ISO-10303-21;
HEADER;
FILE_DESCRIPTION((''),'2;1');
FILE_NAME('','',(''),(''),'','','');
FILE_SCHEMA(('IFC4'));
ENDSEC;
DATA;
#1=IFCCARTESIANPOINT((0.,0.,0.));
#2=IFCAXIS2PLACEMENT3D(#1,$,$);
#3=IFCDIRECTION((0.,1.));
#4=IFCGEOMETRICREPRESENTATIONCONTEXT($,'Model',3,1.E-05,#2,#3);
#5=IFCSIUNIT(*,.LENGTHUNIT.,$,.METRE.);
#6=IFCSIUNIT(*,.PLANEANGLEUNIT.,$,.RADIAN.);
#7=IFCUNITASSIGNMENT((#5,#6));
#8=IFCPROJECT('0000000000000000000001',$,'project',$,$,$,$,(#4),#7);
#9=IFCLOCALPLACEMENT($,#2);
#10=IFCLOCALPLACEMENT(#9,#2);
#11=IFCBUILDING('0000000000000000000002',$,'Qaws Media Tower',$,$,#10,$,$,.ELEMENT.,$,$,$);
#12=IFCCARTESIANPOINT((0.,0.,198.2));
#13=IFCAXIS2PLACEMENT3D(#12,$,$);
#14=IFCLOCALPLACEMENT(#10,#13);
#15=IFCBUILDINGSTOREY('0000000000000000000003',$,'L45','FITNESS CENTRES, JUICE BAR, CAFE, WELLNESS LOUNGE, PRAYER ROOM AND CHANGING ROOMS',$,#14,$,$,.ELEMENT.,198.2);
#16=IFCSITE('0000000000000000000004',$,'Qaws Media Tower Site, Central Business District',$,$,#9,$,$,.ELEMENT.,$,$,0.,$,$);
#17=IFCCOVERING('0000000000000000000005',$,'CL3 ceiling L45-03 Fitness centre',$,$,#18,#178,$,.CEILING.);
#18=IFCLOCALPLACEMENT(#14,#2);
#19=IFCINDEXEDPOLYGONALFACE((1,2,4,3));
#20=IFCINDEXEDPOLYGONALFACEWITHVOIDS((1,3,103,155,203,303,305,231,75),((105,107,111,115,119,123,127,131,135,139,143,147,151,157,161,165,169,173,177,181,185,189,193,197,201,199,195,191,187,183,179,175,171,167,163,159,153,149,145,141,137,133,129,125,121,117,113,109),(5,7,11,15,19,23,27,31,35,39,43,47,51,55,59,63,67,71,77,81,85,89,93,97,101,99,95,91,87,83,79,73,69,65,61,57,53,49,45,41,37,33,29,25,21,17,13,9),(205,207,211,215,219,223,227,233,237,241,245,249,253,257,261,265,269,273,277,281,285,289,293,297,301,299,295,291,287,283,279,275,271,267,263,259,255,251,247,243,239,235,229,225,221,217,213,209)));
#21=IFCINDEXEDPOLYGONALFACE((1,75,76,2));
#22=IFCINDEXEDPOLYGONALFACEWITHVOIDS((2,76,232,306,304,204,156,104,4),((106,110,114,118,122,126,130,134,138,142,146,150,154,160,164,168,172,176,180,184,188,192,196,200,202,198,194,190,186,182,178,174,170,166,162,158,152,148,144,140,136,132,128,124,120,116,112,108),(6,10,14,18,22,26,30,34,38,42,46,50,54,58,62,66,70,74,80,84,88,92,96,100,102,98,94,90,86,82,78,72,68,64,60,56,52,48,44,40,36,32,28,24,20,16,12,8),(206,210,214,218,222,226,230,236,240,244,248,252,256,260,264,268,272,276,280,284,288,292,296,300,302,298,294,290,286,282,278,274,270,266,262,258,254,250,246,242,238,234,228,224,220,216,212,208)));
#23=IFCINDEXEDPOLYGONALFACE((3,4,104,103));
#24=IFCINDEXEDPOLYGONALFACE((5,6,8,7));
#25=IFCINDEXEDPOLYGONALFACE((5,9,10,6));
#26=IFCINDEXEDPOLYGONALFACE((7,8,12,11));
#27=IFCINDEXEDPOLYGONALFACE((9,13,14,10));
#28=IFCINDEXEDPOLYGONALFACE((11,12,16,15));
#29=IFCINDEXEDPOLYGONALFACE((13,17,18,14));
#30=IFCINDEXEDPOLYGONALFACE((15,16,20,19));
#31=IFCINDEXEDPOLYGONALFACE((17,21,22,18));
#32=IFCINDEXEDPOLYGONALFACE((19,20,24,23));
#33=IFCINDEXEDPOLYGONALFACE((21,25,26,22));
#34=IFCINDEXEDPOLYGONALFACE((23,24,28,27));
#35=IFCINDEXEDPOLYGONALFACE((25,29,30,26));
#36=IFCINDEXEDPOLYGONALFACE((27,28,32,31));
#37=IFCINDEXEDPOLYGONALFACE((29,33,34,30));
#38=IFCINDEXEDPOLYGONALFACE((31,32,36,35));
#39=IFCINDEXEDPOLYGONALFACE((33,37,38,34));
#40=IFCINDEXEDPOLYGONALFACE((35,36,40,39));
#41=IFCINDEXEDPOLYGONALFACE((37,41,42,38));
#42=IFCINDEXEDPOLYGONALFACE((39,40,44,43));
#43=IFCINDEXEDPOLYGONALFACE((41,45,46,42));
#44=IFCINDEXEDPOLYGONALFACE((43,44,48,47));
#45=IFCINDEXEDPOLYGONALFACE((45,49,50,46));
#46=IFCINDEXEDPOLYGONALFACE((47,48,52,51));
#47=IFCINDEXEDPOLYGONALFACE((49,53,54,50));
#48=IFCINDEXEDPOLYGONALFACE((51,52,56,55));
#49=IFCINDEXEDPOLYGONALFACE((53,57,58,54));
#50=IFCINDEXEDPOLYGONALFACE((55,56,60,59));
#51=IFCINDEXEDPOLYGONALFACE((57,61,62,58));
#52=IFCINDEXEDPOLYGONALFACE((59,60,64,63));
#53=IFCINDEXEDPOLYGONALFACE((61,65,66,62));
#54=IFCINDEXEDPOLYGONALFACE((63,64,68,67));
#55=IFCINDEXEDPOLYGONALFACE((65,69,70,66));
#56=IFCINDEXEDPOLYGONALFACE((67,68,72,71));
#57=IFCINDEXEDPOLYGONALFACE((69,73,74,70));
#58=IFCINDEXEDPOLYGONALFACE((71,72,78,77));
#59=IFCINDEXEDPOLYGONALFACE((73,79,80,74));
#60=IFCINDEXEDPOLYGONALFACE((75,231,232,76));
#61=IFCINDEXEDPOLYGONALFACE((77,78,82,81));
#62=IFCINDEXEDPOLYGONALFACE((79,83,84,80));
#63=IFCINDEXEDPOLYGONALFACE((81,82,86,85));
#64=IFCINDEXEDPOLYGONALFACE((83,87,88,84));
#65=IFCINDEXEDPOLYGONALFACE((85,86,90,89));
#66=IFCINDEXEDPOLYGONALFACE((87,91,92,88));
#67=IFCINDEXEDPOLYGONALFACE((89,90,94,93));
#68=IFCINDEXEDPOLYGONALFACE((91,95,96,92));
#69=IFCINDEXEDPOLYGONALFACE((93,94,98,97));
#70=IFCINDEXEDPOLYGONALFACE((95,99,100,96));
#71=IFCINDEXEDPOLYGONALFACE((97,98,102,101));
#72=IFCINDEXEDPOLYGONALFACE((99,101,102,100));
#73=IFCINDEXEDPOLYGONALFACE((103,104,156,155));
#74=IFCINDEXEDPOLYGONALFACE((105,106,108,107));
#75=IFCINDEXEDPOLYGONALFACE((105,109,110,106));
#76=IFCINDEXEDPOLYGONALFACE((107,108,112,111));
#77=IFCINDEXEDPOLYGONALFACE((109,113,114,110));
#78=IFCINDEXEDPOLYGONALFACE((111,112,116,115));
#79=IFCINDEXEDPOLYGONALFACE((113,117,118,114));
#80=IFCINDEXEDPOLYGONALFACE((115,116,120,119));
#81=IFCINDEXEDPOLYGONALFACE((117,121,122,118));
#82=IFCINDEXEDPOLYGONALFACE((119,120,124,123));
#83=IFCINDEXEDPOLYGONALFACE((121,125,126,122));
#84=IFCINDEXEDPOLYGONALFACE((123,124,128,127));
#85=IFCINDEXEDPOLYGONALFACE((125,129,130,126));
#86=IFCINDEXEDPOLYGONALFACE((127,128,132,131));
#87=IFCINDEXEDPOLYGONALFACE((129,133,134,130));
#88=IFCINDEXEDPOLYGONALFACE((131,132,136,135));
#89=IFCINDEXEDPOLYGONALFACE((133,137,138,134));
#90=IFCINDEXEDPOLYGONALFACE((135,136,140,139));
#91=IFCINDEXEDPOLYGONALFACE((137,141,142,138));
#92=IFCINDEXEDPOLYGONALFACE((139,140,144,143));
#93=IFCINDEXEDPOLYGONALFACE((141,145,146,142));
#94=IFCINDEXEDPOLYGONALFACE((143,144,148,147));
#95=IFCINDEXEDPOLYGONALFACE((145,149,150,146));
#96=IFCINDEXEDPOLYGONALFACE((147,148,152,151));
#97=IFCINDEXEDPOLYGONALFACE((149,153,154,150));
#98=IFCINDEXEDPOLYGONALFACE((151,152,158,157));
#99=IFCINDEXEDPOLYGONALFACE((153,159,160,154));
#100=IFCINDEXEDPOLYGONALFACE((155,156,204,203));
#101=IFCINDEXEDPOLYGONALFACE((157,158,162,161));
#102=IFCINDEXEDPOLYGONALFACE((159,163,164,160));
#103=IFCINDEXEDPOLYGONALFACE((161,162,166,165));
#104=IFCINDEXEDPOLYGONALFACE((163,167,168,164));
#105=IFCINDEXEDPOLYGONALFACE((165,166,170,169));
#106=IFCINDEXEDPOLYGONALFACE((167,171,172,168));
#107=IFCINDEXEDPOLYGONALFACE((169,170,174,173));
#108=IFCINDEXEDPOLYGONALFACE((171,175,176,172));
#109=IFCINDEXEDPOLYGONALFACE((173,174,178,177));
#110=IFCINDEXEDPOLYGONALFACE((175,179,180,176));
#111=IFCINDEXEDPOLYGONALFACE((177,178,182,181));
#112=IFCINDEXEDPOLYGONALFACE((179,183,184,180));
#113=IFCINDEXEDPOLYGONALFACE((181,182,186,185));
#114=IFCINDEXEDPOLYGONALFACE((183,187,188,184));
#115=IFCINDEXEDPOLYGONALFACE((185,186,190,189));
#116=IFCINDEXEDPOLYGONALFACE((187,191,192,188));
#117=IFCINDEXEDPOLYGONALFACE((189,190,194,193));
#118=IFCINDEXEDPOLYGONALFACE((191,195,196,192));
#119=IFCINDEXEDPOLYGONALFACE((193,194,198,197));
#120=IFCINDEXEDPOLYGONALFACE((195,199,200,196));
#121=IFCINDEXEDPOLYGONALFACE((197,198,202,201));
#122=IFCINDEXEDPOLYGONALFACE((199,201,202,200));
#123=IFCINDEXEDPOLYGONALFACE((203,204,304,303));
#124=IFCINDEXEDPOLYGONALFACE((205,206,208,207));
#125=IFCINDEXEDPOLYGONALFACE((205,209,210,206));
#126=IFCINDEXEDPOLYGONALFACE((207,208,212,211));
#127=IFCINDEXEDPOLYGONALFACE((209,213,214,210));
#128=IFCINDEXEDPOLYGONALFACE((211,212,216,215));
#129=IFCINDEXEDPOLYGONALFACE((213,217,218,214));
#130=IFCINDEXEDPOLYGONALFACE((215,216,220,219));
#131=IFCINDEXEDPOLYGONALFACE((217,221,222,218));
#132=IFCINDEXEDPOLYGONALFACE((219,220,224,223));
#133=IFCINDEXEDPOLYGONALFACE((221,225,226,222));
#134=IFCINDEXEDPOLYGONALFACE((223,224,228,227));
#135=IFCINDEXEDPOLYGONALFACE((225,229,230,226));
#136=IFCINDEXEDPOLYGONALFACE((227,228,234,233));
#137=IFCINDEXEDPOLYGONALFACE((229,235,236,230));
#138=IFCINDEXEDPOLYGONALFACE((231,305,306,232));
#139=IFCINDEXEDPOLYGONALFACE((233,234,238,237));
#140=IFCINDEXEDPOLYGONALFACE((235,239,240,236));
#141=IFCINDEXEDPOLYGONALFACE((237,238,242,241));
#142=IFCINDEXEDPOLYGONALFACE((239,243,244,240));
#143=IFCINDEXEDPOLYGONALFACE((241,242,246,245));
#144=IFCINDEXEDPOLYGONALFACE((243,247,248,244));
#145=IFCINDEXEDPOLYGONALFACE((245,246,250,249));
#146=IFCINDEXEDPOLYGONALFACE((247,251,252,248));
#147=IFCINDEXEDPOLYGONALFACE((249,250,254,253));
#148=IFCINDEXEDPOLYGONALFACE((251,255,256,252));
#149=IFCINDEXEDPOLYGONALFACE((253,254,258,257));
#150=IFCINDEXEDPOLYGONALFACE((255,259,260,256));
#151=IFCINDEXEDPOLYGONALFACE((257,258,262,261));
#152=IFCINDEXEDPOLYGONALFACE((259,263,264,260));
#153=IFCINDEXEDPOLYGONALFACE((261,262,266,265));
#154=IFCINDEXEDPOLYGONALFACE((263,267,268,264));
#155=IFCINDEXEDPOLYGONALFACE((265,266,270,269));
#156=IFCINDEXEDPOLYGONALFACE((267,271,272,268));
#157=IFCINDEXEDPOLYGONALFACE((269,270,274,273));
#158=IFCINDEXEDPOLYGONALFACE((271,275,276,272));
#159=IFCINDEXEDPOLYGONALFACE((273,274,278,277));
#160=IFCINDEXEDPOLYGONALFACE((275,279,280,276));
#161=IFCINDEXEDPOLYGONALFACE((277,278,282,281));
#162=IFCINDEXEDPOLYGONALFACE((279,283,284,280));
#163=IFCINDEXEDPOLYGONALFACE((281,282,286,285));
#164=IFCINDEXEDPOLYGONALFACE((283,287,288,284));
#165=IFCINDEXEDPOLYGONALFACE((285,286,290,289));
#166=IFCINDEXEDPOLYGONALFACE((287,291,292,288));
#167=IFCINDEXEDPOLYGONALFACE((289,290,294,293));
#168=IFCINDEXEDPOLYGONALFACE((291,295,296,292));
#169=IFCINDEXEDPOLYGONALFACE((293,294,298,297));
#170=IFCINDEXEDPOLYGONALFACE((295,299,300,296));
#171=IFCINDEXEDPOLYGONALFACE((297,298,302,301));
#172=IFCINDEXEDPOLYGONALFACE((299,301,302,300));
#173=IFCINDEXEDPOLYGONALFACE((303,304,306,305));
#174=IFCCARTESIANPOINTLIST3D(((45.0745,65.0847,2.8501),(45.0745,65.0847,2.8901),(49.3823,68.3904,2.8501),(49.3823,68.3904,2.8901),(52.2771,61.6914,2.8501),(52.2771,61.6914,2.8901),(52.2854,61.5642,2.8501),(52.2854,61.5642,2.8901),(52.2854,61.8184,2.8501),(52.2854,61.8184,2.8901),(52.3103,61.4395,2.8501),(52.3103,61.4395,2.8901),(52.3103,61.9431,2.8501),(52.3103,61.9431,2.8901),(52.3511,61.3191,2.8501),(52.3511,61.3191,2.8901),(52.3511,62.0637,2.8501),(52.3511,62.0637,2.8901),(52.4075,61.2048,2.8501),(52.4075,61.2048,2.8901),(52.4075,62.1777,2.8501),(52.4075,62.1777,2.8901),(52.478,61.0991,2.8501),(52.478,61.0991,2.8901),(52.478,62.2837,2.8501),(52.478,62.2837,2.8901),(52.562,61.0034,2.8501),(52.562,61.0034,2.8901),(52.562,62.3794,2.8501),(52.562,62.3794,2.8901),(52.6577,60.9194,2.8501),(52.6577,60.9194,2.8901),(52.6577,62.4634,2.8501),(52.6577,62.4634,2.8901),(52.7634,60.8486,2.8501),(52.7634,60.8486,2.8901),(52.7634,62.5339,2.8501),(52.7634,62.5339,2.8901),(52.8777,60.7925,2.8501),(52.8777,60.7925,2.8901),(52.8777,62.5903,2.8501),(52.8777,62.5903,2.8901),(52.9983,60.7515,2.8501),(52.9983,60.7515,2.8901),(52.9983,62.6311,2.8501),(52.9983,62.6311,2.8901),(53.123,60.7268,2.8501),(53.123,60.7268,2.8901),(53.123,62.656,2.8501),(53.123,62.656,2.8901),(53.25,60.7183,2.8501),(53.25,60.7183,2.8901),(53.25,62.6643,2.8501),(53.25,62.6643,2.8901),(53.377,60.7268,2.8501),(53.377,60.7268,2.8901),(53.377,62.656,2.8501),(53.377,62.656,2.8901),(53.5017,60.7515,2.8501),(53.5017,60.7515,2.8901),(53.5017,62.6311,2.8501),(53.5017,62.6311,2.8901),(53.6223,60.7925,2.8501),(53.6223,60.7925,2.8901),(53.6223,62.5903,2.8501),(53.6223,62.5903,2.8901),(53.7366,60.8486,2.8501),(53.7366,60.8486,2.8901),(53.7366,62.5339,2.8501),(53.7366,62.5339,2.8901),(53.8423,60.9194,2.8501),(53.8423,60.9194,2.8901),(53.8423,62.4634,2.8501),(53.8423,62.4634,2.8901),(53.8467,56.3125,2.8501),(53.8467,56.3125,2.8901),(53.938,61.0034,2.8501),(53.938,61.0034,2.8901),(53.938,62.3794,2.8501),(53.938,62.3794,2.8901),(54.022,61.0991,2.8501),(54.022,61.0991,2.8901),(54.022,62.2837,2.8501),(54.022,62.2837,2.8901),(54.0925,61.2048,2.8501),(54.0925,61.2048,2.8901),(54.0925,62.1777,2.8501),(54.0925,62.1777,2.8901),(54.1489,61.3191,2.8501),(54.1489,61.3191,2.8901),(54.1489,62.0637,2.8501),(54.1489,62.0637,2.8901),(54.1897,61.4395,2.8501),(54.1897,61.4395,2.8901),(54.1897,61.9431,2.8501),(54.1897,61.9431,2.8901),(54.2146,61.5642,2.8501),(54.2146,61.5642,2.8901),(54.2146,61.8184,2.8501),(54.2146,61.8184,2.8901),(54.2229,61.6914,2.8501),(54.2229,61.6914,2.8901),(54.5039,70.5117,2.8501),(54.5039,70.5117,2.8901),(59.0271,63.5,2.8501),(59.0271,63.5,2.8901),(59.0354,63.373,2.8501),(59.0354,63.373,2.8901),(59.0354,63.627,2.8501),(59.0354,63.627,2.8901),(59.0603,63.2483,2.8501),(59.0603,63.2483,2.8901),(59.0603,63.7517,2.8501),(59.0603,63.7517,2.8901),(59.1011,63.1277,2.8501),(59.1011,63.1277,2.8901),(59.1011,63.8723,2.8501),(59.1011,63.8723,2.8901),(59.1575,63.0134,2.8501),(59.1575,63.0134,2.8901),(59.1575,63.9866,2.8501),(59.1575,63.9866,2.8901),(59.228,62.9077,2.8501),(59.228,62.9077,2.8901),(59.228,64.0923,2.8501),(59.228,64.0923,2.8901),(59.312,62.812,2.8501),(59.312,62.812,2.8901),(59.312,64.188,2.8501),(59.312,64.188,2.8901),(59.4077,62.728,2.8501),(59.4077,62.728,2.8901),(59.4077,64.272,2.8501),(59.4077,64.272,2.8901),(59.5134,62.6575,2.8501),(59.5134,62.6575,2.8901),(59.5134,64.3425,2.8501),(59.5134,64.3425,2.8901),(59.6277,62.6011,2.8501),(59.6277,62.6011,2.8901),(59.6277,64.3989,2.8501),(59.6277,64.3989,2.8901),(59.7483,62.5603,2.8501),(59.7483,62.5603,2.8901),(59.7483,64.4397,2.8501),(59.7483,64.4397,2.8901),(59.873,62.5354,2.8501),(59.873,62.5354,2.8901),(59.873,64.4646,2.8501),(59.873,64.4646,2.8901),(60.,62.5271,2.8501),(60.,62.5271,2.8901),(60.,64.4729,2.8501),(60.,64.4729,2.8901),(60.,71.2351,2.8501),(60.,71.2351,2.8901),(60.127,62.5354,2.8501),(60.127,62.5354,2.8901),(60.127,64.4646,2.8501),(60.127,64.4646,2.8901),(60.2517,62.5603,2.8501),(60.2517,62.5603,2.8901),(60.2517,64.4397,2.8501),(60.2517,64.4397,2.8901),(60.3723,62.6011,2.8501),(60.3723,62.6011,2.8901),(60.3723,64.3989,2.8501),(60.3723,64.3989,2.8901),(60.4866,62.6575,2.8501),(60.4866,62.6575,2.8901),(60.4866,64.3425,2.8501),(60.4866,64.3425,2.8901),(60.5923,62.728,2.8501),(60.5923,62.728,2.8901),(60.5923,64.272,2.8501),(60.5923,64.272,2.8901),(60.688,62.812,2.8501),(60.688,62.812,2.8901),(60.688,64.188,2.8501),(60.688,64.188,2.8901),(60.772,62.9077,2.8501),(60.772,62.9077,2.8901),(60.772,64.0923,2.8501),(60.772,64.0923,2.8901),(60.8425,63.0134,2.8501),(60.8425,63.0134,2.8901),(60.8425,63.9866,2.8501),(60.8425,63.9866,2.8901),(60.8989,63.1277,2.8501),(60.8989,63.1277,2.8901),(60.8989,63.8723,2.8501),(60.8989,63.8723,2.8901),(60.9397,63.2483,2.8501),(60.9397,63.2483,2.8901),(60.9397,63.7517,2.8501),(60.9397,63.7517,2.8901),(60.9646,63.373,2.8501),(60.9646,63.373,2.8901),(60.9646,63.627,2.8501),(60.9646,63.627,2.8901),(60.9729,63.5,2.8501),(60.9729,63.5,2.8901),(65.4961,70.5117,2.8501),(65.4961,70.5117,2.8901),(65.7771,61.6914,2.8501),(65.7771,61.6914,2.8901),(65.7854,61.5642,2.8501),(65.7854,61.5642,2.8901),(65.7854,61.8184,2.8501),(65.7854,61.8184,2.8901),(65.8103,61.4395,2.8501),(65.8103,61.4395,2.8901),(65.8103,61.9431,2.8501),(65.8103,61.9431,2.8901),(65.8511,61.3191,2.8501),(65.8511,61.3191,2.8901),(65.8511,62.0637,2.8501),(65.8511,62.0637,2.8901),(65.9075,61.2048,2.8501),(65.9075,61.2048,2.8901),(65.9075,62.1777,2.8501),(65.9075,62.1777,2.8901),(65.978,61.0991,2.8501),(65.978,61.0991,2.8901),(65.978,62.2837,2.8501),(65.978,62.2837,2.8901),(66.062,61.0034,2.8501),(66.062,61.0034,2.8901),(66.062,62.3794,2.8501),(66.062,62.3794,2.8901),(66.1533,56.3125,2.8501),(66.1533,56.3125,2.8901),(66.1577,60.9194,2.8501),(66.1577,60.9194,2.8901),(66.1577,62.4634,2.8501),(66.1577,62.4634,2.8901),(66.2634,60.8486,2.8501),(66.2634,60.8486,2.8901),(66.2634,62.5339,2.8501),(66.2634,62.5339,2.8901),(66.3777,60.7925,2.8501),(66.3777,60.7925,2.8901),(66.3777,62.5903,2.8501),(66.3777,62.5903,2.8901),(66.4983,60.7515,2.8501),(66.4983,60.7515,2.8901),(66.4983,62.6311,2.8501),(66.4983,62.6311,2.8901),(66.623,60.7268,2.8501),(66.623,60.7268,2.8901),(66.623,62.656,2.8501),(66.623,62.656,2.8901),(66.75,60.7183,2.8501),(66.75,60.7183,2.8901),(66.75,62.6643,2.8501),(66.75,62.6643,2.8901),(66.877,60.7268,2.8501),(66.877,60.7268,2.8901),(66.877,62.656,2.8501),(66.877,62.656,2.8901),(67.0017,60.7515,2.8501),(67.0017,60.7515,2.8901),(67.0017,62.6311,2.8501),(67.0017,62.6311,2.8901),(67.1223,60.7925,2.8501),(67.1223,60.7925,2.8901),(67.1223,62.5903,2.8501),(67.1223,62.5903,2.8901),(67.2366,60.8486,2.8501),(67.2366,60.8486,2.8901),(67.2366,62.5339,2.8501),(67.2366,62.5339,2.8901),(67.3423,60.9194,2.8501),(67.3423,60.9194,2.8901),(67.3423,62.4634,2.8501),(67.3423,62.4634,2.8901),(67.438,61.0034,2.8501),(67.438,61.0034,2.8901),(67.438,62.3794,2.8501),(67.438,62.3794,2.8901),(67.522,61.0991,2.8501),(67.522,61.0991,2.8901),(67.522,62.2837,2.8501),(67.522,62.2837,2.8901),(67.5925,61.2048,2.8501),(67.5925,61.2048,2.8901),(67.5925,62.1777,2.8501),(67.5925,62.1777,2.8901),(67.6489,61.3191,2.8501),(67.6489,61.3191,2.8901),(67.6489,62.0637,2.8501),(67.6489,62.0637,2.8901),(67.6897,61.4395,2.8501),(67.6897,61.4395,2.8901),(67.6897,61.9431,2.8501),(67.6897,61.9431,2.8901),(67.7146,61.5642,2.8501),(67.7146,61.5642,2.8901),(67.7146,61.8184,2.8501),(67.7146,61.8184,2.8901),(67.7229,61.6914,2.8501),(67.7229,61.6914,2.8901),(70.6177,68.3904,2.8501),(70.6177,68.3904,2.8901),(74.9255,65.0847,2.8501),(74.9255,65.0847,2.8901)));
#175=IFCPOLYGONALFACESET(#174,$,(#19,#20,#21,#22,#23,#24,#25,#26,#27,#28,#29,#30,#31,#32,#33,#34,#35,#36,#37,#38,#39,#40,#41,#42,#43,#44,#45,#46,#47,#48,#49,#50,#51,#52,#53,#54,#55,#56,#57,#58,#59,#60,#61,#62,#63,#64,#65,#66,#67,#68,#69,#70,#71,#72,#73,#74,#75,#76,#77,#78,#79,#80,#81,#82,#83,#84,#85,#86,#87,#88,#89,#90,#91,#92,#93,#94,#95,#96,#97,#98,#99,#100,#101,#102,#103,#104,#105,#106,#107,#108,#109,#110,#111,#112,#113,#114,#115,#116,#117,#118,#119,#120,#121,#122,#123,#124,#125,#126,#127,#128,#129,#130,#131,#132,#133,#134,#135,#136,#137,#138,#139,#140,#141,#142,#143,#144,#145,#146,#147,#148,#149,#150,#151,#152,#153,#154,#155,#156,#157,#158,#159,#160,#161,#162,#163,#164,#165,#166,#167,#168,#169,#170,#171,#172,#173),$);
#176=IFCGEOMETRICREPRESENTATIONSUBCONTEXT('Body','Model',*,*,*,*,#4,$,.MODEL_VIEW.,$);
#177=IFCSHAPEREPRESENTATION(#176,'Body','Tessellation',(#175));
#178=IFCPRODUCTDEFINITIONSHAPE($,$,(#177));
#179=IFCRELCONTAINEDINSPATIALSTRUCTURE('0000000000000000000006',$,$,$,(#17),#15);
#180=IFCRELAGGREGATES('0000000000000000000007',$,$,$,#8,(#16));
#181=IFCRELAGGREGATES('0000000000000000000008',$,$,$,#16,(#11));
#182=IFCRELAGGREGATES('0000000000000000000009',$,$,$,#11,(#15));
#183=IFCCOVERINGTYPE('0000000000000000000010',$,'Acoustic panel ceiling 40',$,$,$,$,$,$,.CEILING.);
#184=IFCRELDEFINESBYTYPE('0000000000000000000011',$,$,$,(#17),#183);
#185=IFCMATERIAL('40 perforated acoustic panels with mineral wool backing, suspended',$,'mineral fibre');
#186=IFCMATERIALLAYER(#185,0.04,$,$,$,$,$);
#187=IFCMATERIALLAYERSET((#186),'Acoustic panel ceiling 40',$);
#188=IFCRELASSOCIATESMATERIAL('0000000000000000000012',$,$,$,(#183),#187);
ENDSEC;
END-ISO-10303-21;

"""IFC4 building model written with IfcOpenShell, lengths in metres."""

from ifc_helpers import new_model, si_unit, direction, frame, origin, place, context, subcontext, project, spatial, polyline, outline, extrude, material, layer, layer_set, type_object, element, save


model = new_model("IFC4")

# Units and contexts
model_context = context("Model", 3, precision=1e-05, world=origin(), true_north=direction((0.0, 1.0)))
body_context = subcontext(model_context, "Body", "Model", "MODEL_VIEW")
ifc_project = project(units=[si_unit("LENGTHUNIT", "METRE"), si_unit("PLANEANGLEUNIT", "RADIAN")], contexts=[model_context])

# Site, building, storey
site_placement = place(None, origin())
site = spatial("IfcSite", under=ifc_project, at=site_placement, Name="Qaws Media Tower Site, Central Business District", CompositionType="ELEMENT", RefElevation=0.0)
building_placement = place(site_placement, origin())
building = spatial("IfcBuilding", under=site, at=building_placement, Name="Qaws Media Tower", CompositionType="ELEMENT")
storey_placement = place(building_placement, frame((0.0, 0.0, 198.2)))
storey = spatial("IfcBuildingStorey", under=building, at=storey_placement, Name="L45", Description="FITNESS CENTRES, JUICE BAR, CAFE, WELLNESS LOUNGE, PRAYER ROOM AND CHANGING ROOMS", CompositionType="ELEMENT", Elevation=198.2)

# Covering
ifc_material_1 = material(Name="40 perforated acoustic panels with mineral wool backing, suspended", Category="mineral fibre")
ifc_layer_1 = layer(ifc_material_1, 0.04)
ifc_layer_set_1 = layer_set([ifc_layer_1], Name="Acoustic panel ceiling 40")
covering_type_1 = type_object("IfcCoveringType", Name="Acoustic panel ceiling 40", PredefinedType="CEILING", material=ifc_layer_set_1)
covering_1_placement = place(storey_placement, frame((0.0, 0.0, 2.8501)))
element("IfcCovering", 1, at=covering_1_placement, inside=storey, type_object=covering_type_1, Name="CL3 ceiling L45-03 Fitness centre", PredefinedType="CEILING", context=body_context, shape_type="SweptSolid", body=[
    extrude(outline(polyline([(45.0745, 65.0847), (49.3823, 68.3904), (54.5039, 70.5117), (60.0, 71.2351), (65.4961, 70.5117), (70.6177, 68.3904), (74.9255, 65.0847), (66.1533, 56.3125), (53.8467, 56.3125), (45.0745, 65.0847)]), holes=[polyline([(54.1489, 61.3191), (54.1897, 61.4395), (54.2146, 61.5642), (54.2229, 61.6914), (54.2146, 61.8184), (54.1897, 61.9431), (54.1489, 62.0637), (54.0925, 62.1777), (54.022, 62.2837), (53.938, 62.3794), (53.8423, 62.4634), (53.7366, 62.5339), (53.6223, 62.5903), (53.5017, 62.6311), (53.377, 62.656), (53.25, 62.6643), (53.123, 62.656), (52.9983, 62.6311), (52.8777, 62.5903), (52.7634, 62.5339), (52.6577, 62.4634), (52.562, 62.3794), (52.478, 62.2837), (52.4075, 62.1777), (52.3511, 62.0637), (52.3103, 61.9431), (52.2854, 61.8184), (52.2771, 61.6914), (52.2854, 61.5642), (52.3103, 61.4395), (52.3511, 61.3191), (52.4075, 61.2048), (52.478, 61.0991), (52.562, 61.0034), (52.6577, 60.9194), (52.7634, 60.8486), (52.8777, 60.7925), (52.9983, 60.7515), (53.123, 60.7268), (53.25, 60.7183), (53.377, 60.7268), (53.5017, 60.7515), (53.6223, 60.7925), (53.7366, 60.8486), (53.8423, 60.9194), (53.938, 61.0034), (54.022, 61.0991), (54.0925, 61.2048), (54.1489, 61.3191)]), polyline([(60.8989, 63.1277), (60.9397, 63.2483), (60.9646, 63.373), (60.9729, 63.5), (60.9646, 63.627), (60.9397, 63.7517), (60.8989, 63.8723), (60.8425, 63.9866), (60.772, 64.0923), (60.688, 64.188), (60.5923, 64.272), (60.4866, 64.3425), (60.3723, 64.3989), (60.2517, 64.4397), (60.127, 64.4646), (60.0, 64.4729), (59.873, 64.4646), (59.7483, 64.4397), (59.6277, 64.3989), (59.5134, 64.3425), (59.4077, 64.272), (59.312, 64.188), (59.228, 64.0923), (59.1575, 63.9866), (59.1011, 63.8723), (59.0603, 63.7517), (59.0354, 63.627), (59.0271, 63.5), (59.0354, 63.373), (59.0603, 63.2483), (59.1011, 63.1277), (59.1575, 63.0134), (59.228, 62.9077), (59.312, 62.812), (59.4077, 62.728), (59.5134, 62.6575), (59.6277, 62.6011), (59.7483, 62.5603), (59.873, 62.5354), (60.0, 62.5271), (60.127, 62.5354), (60.2517, 62.5603), (60.3723, 62.6011), (60.4866, 62.6575), (60.5923, 62.728), (60.688, 62.812), (60.772, 62.9077), (60.8425, 63.0134), (60.8989, 63.1277)]), polyline([(67.6489, 61.3191), (67.6897, 61.4395), (67.7146, 61.5642), (67.7229, 61.6914), (67.7146, 61.8184), (67.6897, 61.9431), (67.6489, 62.0637), (67.5925, 62.1777), (67.522, 62.2837), (67.438, 62.3794), (67.3423, 62.4634), (67.2366, 62.5339), (67.1223, 62.5903), (67.0017, 62.6311), (66.877, 62.656), (66.75, 62.6643), (66.623, 62.656), (66.4983, 62.6311), (66.3777, 62.5903), (66.2634, 62.5339), (66.1577, 62.4634), (66.062, 62.3794), (65.978, 62.2837), (65.9075, 62.1777), (65.8511, 62.0637), (65.8103, 61.9431), (65.7854, 61.8184), (65.7771, 61.6914), (65.7854, 61.5642), (65.8103, 61.4395), (65.8511, 61.3191), (65.9075, 61.2048), (65.978, 61.0991), (66.062, 61.0034), (66.1577, 60.9194), (66.2634, 60.8486), (66.3777, 60.7925), (66.4983, 60.7515), (66.623, 60.7268), (66.75, 60.7183), (66.877, 60.7268), (67.0017, 60.7515), (67.1223, 60.7925), (67.2366, 60.8486), (67.3423, 60.9194), (67.438, 61.0034), (67.522, 61.0991), (67.5925, 61.2048), (67.6489, 61.3191)])]), origin(), (0.0, 0.0, 1.0), 0.04),
])

save(model, "model.ifc")
